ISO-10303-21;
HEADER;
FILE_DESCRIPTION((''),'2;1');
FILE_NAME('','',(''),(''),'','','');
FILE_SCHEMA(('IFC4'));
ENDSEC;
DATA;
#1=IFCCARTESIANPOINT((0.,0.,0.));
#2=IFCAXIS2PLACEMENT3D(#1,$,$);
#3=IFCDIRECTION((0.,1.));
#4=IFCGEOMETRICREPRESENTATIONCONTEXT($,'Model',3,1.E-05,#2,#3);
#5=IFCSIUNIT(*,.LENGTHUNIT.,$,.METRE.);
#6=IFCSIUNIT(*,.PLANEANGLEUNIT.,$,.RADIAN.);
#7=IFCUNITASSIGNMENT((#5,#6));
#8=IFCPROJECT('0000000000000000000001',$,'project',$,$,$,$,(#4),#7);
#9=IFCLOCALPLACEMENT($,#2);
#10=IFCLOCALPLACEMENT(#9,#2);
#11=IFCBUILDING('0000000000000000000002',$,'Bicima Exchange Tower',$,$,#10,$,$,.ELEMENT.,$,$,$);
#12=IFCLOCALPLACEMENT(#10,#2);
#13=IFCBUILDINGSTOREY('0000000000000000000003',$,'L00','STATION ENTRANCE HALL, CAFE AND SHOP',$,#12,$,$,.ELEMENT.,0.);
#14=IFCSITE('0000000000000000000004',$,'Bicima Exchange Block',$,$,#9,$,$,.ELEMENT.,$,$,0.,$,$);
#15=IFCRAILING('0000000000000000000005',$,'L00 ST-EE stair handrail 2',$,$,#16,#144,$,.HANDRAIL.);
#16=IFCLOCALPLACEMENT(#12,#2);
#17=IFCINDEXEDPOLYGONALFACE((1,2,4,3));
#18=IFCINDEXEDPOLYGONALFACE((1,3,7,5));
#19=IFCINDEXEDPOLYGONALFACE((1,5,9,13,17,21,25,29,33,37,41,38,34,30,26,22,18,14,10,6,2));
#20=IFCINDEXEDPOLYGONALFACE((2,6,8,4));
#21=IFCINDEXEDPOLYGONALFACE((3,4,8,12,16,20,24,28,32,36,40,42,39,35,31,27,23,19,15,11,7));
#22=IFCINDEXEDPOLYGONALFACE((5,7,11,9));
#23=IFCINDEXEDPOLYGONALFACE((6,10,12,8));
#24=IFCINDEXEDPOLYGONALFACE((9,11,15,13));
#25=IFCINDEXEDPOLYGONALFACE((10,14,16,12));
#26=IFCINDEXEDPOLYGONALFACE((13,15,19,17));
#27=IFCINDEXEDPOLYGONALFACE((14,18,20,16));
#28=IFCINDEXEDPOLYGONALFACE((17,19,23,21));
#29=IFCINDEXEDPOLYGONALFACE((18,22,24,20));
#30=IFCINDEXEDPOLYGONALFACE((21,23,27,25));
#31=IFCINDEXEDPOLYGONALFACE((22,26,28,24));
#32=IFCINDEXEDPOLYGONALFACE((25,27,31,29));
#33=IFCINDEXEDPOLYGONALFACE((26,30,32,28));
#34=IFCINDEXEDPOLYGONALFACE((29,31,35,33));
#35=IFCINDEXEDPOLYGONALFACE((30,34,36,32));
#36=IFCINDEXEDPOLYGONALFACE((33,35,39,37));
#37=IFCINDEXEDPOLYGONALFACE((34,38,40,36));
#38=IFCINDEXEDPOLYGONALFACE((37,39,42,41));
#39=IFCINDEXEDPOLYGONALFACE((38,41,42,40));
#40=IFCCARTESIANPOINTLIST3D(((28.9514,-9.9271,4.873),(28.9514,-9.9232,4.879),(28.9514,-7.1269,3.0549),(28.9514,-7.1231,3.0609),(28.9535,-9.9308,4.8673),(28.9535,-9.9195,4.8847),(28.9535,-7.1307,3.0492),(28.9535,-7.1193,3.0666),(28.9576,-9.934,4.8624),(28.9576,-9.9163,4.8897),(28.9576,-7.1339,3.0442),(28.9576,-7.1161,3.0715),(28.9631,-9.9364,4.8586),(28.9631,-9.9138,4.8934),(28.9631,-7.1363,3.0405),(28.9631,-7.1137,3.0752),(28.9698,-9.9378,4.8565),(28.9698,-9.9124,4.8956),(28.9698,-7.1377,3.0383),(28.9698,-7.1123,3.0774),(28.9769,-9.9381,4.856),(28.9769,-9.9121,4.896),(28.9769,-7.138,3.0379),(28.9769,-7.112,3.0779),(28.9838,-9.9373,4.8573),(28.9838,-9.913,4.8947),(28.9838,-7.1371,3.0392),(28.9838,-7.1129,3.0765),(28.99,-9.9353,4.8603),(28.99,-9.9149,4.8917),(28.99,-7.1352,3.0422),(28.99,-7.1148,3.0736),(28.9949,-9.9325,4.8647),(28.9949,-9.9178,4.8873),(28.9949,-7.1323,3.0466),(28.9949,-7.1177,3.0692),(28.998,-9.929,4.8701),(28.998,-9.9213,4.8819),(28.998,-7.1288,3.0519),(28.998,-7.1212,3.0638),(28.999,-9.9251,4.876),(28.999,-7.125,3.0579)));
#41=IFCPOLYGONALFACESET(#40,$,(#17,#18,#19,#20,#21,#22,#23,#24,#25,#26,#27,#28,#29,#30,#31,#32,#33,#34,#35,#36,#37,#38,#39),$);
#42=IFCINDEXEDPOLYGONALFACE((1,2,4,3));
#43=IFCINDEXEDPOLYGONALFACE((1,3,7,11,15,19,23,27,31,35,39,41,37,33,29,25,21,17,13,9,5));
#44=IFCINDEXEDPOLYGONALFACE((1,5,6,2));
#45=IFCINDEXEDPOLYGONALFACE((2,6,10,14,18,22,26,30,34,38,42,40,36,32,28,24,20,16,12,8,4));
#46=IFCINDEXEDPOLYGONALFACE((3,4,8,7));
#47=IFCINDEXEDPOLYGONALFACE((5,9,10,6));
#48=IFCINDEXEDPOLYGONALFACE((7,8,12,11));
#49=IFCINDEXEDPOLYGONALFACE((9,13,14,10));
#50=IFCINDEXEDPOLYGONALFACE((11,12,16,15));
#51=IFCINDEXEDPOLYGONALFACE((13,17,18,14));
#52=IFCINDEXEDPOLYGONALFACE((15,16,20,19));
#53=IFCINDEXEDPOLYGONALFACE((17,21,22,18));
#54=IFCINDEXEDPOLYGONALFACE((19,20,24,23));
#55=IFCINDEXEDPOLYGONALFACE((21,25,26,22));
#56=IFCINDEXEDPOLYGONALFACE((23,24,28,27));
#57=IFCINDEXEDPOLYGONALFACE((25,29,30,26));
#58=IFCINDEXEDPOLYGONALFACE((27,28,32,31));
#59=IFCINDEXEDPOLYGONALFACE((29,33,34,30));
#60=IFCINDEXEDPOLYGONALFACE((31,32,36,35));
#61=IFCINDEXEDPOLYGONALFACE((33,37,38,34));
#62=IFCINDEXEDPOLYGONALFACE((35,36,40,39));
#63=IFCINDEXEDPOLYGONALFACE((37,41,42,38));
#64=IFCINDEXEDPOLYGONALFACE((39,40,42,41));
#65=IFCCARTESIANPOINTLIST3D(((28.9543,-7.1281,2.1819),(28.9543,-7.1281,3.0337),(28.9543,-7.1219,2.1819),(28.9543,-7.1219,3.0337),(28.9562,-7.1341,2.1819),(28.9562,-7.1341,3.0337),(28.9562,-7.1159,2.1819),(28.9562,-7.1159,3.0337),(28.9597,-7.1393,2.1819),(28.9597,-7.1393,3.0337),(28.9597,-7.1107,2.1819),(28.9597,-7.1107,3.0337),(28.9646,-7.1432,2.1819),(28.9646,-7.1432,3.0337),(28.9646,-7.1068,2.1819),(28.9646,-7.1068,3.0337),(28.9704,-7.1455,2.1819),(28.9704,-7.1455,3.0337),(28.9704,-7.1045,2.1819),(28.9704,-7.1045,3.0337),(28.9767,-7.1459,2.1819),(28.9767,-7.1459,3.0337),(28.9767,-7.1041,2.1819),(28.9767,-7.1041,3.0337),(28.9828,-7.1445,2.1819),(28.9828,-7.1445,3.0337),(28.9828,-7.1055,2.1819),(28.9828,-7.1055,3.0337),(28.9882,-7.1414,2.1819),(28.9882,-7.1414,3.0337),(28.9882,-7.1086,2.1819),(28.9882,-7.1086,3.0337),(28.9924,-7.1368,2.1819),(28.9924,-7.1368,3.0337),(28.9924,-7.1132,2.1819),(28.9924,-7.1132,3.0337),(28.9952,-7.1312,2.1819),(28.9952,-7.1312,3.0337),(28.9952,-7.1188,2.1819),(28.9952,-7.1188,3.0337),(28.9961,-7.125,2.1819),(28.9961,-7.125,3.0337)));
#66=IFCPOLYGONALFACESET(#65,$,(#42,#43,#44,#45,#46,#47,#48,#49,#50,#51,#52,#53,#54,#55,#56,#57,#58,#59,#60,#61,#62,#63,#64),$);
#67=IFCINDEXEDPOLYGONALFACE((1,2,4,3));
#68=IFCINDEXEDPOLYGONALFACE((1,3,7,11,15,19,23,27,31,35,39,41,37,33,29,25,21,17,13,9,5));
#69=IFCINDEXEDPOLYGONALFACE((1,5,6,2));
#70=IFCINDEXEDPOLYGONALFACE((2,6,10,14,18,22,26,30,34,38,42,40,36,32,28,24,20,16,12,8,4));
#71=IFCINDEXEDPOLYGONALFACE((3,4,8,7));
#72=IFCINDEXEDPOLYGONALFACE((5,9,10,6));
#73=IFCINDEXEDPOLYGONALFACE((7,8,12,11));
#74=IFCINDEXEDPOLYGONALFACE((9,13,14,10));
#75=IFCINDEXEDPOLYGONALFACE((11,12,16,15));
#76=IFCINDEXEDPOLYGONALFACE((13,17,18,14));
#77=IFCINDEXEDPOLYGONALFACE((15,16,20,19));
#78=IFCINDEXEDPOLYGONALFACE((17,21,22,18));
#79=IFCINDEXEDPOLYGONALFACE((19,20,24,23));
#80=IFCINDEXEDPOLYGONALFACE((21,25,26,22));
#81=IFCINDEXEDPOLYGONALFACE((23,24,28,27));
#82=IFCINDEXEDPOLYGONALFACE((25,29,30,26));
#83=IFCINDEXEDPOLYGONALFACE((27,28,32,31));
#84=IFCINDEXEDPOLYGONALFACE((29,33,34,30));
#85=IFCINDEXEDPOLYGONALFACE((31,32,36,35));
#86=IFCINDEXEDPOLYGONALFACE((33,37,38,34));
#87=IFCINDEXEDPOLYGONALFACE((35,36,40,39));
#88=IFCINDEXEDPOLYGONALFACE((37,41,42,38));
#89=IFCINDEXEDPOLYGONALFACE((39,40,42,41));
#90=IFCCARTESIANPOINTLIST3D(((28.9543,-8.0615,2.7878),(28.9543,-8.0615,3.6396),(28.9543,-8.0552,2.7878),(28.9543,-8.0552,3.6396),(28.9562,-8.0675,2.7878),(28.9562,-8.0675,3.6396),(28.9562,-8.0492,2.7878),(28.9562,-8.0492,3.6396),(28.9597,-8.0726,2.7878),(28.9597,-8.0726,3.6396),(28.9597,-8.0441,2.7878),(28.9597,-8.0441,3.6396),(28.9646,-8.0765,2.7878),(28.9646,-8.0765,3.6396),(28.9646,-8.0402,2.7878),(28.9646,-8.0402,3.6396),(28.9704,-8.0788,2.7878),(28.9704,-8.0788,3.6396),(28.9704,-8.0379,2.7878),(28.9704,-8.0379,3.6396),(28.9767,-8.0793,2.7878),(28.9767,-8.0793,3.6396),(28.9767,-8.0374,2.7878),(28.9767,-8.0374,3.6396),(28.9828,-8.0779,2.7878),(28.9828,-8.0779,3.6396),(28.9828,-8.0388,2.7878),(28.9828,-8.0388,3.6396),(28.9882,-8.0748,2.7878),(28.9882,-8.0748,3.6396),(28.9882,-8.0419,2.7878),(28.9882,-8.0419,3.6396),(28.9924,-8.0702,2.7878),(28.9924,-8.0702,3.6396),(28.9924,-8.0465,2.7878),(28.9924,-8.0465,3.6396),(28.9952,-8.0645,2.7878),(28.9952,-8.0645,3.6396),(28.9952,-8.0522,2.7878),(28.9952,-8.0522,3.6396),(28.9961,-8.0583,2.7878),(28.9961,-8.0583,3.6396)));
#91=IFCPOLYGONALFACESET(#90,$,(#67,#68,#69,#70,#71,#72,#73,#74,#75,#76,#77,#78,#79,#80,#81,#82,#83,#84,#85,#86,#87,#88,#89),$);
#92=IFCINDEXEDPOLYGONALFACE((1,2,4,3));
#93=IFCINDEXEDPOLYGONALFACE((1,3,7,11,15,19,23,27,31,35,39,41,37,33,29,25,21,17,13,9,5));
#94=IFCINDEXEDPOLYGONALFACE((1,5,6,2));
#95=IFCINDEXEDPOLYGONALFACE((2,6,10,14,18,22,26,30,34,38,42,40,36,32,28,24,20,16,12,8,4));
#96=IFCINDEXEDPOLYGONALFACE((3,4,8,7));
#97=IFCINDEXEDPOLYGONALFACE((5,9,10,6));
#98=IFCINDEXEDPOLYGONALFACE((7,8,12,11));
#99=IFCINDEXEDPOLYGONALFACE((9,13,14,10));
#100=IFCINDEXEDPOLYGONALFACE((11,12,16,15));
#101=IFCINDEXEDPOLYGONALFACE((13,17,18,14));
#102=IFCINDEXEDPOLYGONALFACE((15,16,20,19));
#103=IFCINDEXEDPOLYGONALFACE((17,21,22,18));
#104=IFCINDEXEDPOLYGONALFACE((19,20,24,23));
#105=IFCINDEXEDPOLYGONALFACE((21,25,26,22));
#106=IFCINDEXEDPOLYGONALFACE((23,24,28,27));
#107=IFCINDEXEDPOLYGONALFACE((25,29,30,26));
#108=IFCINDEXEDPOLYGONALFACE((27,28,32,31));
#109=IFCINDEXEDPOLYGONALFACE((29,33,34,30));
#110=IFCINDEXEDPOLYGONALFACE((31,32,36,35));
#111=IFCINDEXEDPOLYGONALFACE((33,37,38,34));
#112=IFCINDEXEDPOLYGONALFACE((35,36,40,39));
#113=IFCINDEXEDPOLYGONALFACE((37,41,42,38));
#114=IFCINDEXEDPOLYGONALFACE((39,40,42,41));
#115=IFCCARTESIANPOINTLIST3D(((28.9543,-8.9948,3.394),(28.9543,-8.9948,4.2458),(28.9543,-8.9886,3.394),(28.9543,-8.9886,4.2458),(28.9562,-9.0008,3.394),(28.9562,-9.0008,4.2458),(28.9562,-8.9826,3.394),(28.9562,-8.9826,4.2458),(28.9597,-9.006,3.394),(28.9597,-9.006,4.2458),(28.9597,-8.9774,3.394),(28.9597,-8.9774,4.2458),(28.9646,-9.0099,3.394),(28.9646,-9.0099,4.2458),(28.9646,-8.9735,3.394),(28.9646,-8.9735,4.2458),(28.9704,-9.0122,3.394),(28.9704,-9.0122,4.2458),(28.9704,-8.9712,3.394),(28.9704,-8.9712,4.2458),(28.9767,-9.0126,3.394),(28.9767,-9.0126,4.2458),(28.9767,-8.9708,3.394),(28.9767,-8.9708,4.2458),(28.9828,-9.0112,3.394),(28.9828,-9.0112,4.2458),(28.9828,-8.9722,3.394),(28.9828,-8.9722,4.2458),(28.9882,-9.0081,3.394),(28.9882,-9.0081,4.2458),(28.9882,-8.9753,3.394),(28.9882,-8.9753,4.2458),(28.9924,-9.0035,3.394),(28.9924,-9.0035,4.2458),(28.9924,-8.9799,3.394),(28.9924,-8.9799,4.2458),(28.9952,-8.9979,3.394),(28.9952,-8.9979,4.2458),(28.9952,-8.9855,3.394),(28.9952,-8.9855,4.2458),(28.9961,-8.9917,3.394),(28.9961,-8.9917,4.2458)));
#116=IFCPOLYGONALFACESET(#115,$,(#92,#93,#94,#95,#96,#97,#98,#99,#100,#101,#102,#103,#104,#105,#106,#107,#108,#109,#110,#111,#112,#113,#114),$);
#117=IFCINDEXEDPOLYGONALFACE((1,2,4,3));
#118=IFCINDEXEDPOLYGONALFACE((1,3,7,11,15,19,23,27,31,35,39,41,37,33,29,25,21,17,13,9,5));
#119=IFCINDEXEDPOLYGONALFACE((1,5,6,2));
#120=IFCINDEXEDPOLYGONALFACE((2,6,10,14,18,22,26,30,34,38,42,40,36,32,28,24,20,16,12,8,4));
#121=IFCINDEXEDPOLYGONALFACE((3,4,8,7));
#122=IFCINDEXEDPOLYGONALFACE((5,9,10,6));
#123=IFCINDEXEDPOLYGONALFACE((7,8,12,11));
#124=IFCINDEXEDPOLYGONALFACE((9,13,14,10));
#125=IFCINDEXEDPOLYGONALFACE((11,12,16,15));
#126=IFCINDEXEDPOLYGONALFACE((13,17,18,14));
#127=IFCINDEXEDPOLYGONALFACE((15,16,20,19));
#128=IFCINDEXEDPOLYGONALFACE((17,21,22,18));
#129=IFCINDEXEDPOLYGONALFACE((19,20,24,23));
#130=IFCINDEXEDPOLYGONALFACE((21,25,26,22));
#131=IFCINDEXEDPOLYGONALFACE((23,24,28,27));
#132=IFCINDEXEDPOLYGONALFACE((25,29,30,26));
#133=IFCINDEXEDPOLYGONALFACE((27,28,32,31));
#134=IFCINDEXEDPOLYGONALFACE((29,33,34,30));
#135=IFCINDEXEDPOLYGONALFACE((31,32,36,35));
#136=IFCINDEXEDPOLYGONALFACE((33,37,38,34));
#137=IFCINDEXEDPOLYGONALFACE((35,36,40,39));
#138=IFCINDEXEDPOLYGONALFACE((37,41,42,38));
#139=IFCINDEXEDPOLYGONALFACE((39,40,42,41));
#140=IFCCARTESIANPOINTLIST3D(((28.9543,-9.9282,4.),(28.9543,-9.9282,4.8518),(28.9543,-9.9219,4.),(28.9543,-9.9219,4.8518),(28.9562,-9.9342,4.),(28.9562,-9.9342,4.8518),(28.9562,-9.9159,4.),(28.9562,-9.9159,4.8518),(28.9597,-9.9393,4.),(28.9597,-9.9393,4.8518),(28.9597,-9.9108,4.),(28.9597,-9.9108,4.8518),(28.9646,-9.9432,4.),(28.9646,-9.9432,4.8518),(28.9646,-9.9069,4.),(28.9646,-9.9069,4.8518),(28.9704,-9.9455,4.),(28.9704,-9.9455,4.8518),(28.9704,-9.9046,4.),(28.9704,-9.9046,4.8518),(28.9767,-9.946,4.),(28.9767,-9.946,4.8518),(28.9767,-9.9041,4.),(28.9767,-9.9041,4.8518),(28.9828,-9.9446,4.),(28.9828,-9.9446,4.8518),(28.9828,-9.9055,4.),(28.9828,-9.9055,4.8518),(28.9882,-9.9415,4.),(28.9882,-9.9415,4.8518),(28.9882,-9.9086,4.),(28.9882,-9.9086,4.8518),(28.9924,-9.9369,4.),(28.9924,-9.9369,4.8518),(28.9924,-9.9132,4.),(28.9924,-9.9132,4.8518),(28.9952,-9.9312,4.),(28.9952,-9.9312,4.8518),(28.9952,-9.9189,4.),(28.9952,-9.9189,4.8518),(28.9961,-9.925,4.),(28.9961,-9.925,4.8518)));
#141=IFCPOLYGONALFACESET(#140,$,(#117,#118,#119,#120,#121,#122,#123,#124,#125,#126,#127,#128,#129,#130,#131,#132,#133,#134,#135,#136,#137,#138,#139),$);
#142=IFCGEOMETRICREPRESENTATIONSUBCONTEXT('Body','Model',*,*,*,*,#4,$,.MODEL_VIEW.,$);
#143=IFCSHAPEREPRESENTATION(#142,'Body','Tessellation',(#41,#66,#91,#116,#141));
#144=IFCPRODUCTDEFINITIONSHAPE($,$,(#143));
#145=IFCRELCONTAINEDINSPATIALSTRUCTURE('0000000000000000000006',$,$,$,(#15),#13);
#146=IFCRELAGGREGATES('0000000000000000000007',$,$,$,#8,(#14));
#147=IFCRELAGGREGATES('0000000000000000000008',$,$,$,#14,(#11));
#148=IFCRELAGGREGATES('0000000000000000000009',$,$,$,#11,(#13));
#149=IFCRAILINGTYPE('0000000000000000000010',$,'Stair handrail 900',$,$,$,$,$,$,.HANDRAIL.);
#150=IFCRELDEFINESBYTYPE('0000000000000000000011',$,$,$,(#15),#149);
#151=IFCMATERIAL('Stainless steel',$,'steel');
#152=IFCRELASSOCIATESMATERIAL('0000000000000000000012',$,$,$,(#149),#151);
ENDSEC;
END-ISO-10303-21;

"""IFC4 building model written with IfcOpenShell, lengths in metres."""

from ifc_helpers import new_model, si_unit, direction, frame, origin, origin_2d, place, context, subcontext, project, spatial, circle, extrude, material, type_object, element, save


model = new_model("IFC4")

# Units and contexts
model_context = context("Model", 3, precision=1e-05, world=origin(), true_north=direction((0.0, 1.0)))
body_context = subcontext(model_context, "Body", "Model", "MODEL_VIEW")
ifc_project = project(units=[si_unit("LENGTHUNIT", "METRE"), si_unit("PLANEANGLEUNIT", "RADIAN")], contexts=[model_context])

# Site, building, storey
site_placement = place(None, origin())
site = spatial("IfcSite", under=ifc_project, at=site_placement, Name="Bicima Exchange Block", CompositionType="ELEMENT", RefElevation=0.0)
building_placement = place(site_placement, origin())
building = spatial("IfcBuilding", under=site, at=building_placement, Name="Bicima Exchange Tower", CompositionType="ELEMENT")
storey_placement = place(building_placement, origin())
storey = spatial("IfcBuildingStorey", under=building, at=storey_placement, Name="L00", Description="STATION ENTRANCE HALL, CAFE AND SHOP", CompositionType="ELEMENT", Elevation=0.0)

# Railing
ifc_material_1 = material(Name="Stainless steel", Category="steel")
railing_type = type_object("IfcRailingType", Name="Stair handrail 900", PredefinedType="HANDRAIL", material=ifc_material_1)
railing_1_placement = place(storey_placement, frame((28.9751, -7.125, 2.1819)))
element("IfcRailing", 1, at=railing_1_placement, inside=storey, type_object=railing_type, Name="L00 ST-EE stair handrail 2", PredefinedType="HANDRAIL", context=body_context, shape_type="SweptSolid", body=[
    extrude(circle(Radius=0.0239, at=origin_2d()), frame((0.0, 0.0, 0.876), z_axis=(0.0, -0.838706, 0.544585), x_axis=(1.0, 0.0, 0.0)), (0.0, 0.0, 1.0), 3.3386),
    extrude(circle(Radius=0.021, at=origin_2d()), origin(), (0.0, 0.0, 1.0), 0.8518),
    extrude(circle(Radius=0.021, at=origin_2d()), frame((0.0, -0.9333, 0.606)), (0.0, 0.0, 1.0), 0.8518),
    extrude(circle(Radius=0.021, at=origin_2d()), frame((0.0, -1.8667, 1.2122)), (0.0, 0.0, 1.0), 0.8518),
    extrude(circle(Radius=0.021, at=origin_2d()), frame((0.0, -2.8, 1.8181)), (0.0, 0.0, 1.0), 0.8518),
])

save(model, "model.ifc")
